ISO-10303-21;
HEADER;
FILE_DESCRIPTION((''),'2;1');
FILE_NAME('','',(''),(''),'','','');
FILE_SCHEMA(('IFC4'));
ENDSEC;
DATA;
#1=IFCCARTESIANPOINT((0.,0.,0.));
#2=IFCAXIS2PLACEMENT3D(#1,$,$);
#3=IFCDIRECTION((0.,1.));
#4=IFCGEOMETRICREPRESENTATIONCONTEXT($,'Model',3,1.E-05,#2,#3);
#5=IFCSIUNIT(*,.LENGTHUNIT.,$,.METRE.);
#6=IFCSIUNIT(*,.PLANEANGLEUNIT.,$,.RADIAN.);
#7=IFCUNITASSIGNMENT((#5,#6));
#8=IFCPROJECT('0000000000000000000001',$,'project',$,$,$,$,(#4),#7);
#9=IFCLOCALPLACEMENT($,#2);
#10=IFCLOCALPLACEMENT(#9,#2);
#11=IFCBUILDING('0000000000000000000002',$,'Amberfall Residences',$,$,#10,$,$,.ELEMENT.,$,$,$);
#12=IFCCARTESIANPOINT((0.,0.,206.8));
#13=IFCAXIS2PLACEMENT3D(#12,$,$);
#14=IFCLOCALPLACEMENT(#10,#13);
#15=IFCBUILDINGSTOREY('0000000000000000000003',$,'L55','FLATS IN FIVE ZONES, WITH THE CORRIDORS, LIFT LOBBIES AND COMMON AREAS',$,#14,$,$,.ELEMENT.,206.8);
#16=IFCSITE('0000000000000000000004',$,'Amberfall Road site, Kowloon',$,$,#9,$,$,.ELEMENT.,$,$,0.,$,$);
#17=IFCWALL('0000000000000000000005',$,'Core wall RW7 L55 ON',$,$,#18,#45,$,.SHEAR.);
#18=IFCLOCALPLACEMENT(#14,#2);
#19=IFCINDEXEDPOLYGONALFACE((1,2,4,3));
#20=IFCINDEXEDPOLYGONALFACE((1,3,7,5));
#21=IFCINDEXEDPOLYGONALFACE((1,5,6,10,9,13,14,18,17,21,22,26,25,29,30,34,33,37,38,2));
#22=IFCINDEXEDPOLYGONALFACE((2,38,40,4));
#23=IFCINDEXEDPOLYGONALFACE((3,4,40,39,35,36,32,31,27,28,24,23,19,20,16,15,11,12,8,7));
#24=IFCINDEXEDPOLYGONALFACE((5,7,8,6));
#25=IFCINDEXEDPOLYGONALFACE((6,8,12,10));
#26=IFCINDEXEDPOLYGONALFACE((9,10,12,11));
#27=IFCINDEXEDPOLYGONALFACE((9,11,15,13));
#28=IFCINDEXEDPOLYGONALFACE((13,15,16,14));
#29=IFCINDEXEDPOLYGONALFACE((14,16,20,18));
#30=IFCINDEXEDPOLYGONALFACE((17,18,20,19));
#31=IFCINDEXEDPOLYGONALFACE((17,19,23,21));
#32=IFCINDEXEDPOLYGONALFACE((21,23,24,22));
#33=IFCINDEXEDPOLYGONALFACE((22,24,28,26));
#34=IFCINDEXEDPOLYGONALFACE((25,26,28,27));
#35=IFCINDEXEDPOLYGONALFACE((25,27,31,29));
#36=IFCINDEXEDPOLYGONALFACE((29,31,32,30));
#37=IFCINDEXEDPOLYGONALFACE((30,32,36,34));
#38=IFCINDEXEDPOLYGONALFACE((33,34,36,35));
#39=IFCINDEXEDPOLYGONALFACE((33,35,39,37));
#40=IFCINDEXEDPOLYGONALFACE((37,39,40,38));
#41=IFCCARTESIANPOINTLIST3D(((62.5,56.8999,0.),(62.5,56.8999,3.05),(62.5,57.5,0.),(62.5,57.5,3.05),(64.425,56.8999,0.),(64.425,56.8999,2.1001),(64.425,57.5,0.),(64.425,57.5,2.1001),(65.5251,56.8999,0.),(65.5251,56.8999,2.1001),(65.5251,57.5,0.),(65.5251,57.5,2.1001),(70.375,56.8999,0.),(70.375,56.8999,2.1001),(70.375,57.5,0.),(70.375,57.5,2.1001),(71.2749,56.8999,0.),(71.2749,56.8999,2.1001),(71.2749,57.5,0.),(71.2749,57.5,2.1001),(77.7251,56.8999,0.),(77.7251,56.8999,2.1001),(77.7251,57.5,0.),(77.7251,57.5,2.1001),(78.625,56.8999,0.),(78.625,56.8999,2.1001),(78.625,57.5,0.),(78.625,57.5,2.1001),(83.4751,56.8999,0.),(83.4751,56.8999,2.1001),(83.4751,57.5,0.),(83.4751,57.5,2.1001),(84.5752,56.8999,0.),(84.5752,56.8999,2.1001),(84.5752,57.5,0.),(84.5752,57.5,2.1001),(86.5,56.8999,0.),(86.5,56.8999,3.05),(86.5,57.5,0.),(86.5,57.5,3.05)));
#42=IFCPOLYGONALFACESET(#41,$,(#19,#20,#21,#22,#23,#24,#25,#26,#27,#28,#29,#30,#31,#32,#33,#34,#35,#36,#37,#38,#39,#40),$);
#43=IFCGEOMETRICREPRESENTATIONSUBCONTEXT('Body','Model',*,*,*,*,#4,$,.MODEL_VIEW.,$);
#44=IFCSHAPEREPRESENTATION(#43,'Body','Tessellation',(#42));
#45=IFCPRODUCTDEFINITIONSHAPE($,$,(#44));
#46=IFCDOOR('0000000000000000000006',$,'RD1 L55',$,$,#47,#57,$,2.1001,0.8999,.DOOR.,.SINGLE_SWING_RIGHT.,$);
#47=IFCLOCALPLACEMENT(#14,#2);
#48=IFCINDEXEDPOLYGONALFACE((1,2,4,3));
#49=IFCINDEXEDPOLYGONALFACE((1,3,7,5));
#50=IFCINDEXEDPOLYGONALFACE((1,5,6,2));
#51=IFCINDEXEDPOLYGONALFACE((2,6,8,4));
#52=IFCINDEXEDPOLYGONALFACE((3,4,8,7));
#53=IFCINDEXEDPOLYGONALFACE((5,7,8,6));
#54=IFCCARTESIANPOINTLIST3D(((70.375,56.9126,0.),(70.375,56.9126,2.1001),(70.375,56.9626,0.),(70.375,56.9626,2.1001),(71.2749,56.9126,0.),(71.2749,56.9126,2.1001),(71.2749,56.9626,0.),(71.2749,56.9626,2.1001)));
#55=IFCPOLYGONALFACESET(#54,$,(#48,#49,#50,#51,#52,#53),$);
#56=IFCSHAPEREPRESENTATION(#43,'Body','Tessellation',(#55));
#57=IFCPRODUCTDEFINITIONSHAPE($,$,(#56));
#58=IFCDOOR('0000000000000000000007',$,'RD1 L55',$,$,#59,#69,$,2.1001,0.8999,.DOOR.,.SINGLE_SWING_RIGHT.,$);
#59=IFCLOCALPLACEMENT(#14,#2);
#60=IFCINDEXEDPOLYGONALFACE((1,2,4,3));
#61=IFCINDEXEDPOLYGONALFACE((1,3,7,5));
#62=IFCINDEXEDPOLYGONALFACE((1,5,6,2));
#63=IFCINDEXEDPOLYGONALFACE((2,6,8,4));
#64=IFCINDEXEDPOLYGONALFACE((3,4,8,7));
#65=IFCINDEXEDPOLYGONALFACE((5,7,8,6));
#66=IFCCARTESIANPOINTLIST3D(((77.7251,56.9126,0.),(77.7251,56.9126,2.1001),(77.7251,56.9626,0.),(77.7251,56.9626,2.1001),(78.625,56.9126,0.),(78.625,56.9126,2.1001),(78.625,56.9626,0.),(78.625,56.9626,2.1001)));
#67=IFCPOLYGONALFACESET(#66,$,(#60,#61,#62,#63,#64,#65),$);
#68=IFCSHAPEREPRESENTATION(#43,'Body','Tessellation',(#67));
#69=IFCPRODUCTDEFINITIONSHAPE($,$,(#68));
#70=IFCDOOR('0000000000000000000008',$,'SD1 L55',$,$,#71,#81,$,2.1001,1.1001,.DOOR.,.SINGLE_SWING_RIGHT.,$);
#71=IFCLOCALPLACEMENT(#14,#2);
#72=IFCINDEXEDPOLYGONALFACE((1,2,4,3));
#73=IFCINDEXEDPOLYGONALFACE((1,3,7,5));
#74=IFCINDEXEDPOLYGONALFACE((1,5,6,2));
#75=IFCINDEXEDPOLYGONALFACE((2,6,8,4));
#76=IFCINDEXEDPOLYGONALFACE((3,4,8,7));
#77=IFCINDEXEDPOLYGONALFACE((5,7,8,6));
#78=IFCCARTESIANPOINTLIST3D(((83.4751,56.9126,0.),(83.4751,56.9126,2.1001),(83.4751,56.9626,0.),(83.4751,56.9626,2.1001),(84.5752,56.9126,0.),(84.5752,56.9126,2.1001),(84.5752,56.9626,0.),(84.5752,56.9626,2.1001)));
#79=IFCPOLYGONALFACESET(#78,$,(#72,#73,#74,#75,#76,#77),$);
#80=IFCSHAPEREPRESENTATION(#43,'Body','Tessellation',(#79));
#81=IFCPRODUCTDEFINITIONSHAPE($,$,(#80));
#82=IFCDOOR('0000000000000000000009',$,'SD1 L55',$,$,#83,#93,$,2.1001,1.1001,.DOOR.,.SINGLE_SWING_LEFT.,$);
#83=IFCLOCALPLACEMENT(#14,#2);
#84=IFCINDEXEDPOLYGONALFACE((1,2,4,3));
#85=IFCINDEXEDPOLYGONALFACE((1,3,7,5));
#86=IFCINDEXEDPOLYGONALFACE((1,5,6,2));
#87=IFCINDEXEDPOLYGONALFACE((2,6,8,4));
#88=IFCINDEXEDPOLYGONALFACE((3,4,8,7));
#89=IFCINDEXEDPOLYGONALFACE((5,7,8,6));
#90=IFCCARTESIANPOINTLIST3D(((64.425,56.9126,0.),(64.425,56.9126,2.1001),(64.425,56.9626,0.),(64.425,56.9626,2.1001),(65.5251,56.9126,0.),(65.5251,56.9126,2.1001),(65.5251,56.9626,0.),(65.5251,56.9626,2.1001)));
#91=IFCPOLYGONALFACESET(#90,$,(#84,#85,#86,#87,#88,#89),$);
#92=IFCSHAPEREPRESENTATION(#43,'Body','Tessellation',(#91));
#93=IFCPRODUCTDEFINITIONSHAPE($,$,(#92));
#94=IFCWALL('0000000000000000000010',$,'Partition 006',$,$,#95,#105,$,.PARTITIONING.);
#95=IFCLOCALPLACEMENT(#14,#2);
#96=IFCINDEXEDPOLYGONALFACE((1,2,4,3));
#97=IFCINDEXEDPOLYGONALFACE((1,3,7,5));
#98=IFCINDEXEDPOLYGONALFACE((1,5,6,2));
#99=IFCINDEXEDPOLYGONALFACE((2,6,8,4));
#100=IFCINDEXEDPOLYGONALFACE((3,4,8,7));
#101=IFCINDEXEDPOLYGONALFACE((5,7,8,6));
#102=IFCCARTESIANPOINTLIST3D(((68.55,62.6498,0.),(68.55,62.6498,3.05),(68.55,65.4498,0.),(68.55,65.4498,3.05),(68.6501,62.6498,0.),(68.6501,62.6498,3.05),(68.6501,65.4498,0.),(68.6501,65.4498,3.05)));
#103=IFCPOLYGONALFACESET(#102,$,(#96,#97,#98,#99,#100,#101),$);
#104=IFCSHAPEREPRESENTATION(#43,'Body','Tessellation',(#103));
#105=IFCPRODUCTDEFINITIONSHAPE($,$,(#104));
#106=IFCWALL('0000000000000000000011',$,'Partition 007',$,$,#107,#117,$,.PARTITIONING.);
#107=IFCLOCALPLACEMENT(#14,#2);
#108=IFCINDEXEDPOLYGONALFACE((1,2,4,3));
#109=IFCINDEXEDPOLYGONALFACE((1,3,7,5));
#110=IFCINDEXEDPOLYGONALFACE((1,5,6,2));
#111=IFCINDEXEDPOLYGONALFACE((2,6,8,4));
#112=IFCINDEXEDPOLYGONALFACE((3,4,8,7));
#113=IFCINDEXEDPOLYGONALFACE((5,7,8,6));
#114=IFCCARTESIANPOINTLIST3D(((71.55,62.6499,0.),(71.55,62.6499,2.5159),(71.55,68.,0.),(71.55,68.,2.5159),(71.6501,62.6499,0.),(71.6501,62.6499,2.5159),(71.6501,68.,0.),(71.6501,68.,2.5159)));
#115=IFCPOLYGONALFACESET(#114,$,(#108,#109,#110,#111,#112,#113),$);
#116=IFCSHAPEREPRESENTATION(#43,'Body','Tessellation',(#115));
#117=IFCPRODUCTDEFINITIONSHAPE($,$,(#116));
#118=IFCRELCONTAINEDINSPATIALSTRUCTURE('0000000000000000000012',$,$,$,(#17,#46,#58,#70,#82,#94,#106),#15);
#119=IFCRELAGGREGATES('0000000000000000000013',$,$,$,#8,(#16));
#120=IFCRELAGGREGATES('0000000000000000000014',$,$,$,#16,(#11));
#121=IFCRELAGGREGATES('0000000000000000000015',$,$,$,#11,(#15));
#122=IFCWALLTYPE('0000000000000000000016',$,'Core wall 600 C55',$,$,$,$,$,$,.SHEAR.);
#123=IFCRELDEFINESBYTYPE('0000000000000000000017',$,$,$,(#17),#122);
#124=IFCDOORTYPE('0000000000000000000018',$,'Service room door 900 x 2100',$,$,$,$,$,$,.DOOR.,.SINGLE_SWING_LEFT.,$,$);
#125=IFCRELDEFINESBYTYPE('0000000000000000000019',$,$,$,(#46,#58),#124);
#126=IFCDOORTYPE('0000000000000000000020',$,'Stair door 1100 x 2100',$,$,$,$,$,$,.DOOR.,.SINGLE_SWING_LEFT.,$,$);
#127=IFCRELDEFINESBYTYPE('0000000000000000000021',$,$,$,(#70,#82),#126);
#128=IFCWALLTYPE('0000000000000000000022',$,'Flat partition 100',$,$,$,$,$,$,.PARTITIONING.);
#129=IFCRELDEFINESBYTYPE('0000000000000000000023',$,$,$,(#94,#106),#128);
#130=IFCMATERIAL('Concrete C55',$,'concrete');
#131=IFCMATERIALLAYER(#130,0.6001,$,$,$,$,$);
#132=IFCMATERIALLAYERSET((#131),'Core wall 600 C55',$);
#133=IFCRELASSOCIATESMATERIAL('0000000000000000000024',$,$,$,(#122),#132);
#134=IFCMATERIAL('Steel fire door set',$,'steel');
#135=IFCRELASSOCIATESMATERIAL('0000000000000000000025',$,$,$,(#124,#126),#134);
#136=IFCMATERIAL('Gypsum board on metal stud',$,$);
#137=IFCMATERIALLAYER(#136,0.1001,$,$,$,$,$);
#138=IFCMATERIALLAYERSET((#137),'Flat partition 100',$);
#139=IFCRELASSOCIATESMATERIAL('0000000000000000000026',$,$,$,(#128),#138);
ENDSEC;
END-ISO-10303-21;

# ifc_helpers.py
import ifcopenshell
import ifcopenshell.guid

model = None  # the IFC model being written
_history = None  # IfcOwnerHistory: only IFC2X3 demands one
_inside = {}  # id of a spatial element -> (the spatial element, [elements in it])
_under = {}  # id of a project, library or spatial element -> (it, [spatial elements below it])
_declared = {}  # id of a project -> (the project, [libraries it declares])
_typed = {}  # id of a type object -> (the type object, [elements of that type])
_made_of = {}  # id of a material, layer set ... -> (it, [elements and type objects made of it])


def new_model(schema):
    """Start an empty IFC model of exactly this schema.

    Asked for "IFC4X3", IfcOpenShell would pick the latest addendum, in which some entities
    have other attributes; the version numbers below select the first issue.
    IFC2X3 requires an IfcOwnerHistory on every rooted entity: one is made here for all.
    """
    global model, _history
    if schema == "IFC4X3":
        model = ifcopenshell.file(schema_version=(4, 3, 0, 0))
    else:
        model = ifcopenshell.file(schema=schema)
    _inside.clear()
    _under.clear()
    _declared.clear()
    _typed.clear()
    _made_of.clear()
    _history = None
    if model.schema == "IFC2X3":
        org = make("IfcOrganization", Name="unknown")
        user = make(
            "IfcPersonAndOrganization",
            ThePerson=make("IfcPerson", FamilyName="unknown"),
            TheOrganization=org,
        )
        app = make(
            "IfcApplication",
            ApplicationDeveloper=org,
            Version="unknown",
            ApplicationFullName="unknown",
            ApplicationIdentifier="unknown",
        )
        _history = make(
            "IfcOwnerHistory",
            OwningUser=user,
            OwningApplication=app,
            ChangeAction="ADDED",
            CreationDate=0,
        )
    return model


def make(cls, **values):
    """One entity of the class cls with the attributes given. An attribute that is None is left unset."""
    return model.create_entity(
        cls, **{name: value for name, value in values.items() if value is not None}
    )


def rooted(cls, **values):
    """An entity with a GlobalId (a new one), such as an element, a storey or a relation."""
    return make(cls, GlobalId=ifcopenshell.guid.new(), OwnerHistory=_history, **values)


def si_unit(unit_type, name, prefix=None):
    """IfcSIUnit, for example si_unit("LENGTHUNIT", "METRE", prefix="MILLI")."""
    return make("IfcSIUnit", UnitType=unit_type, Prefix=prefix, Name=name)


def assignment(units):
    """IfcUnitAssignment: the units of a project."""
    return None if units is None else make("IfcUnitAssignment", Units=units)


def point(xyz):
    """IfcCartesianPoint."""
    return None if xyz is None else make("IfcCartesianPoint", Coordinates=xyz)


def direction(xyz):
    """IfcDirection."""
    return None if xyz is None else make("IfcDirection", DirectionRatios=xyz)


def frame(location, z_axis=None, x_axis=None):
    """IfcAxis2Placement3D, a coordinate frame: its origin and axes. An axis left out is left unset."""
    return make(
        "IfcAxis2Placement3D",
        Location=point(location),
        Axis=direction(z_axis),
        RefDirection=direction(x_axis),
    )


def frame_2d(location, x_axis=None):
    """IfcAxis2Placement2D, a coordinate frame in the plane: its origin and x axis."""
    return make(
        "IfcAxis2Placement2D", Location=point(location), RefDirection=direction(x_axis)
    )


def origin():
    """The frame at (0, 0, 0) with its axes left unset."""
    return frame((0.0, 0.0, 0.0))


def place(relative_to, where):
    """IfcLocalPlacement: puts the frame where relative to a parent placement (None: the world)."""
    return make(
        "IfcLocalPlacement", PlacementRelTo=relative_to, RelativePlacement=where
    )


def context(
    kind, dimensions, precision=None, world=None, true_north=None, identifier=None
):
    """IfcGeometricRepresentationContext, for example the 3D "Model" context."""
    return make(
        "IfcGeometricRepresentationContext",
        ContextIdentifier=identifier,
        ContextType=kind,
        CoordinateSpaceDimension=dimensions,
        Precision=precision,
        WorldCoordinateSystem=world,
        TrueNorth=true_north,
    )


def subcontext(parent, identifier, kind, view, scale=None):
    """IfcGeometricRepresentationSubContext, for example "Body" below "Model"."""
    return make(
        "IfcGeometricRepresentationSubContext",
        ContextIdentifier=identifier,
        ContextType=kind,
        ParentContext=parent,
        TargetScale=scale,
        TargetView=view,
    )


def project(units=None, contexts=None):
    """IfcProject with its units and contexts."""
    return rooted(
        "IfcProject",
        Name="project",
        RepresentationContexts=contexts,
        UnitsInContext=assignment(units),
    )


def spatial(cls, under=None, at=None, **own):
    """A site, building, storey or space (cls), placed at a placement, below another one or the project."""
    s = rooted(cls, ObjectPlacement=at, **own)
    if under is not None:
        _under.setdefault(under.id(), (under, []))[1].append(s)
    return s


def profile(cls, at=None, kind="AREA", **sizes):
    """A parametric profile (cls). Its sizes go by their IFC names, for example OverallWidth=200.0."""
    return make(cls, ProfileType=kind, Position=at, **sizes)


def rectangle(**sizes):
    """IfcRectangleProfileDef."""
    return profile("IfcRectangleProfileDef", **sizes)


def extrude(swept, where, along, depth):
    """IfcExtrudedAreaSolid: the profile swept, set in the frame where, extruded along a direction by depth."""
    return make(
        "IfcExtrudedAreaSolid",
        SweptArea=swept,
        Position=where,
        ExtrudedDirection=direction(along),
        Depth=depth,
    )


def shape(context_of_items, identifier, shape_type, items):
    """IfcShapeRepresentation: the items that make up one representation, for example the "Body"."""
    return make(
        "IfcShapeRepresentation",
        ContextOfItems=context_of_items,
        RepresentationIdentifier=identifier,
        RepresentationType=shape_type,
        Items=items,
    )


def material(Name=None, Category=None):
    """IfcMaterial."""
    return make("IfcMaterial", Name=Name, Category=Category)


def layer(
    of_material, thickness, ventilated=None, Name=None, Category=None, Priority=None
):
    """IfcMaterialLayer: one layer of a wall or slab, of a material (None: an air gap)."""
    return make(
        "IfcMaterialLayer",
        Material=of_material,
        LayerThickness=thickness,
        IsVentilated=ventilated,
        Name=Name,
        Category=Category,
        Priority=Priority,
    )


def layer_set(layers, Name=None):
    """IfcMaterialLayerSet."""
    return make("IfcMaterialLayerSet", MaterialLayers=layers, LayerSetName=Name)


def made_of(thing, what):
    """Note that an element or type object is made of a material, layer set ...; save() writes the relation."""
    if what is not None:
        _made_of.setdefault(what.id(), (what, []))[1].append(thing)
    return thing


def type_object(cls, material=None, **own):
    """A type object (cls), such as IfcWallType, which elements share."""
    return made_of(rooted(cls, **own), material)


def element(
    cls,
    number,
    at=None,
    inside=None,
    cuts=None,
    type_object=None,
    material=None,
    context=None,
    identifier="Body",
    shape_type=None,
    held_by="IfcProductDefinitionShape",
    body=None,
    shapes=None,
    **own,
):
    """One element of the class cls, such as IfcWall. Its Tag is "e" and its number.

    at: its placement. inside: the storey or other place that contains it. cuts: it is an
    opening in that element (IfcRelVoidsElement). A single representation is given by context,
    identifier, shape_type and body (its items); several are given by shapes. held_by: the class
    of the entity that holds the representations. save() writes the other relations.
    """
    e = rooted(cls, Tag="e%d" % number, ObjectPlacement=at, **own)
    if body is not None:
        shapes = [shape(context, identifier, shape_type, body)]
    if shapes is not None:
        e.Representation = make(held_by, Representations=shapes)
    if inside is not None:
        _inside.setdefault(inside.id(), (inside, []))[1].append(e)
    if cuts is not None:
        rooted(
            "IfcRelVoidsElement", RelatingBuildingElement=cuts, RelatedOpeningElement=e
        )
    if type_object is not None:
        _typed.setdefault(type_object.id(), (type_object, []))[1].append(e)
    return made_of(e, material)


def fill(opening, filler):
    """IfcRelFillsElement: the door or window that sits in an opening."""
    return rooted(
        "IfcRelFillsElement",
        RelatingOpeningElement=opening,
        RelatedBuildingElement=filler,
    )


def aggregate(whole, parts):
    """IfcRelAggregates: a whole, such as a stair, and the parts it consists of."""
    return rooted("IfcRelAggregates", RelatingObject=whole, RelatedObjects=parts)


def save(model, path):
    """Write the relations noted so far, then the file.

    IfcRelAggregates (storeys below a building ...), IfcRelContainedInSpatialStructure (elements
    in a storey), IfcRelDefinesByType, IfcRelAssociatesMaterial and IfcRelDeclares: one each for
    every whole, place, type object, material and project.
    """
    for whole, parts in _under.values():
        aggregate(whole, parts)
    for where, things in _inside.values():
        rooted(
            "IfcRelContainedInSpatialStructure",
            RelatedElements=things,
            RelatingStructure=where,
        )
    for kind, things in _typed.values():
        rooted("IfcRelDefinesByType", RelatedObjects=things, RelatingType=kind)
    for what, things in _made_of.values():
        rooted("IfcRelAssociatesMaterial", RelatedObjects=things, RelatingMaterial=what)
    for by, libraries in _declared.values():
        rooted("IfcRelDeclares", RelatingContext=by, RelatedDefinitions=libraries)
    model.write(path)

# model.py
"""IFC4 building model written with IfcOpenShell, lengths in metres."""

from ifc_helpers import new_model, si_unit, direction, frame, frame_2d, origin, place, context, subcontext, project, spatial, rectangle, extrude, material, layer, layer_set, type_object, element, fill, save


model = new_model("IFC4")

# Units and contexts
model_context = context("Model", 3, precision=1e-05, world=origin(), true_north=direction((0.0, 1.0)))
body_context = subcontext(model_context, "Body", "Model", "MODEL_VIEW")
ifc_project = project(units=[si_unit("LENGTHUNIT", "METRE"), si_unit("PLANEANGLEUNIT", "RADIAN")], contexts=[model_context])

# Site, building, storey
site_placement = place(None, origin())
site = spatial("IfcSite", under=ifc_project, at=site_placement, Name="Amberfall Road site, Kowloon", CompositionType="ELEMENT", RefElevation=0.0)
building_placement = place(site_placement, origin())
building = spatial("IfcBuilding", under=site, at=building_placement, Name="Amberfall Residences", CompositionType="ELEMENT")
storey_placement = place(building_placement, frame((0.0, 0.0, 206.8)))
storey = spatial("IfcBuildingStorey", under=building, at=storey_placement, Name="L55", Description="FLATS IN FIVE ZONES, WITH THE CORRIDORS, LIFT LOBBIES AND COMMON AREAS", CompositionType="ELEMENT", Elevation=206.8)

# Wall, openings, doors
ifc_material_1 = material(Name="Concrete C55", Category="concrete")
ifc_layer_1 = layer(ifc_material_1, 0.6001)
ifc_layer_set_1 = layer_set([ifc_layer_1], Name="Core wall 600 C55")
wall_type_1 = type_object("IfcWallType", Name="Core wall 600 C55", PredefinedType="SHEAR", material=ifc_layer_set_1)
wall_1_placement = place(storey_placement, frame((62.5, 57.2, 0.0), z_axis=(0.0, 0.0, 1.0), x_axis=(1.0, 0.0, 0.0)))
wall_1 = element("IfcWall", 1, at=wall_1_placement, inside=storey, type_object=wall_type_1, Name="Core wall RW7 L55 ON", PredefinedType="SHEAR", context=body_context, shape_type="SweptSolid", body=[
    extrude(rectangle(XDim=24.0, YDim=0.6001, at=frame_2d((12.0, 0.0))), origin(), (0.0, 0.0, 1.0), 3.05),
])
opening_1_placement = place(wall_1_placement, frame((20.9751, 0.0, 0.0)))
opening_1 = element("IfcOpeningElement", 2, at=opening_1_placement, cuts=wall_1, PredefinedType="OPENING", context=body_context, shape_type="SweptSolid", body=[
    extrude(rectangle(XDim=1.1001, YDim=2.1001, at=frame_2d((0.55, 1.05))), frame((0.0, 0.3101, 0.0), z_axis=(0.0, -1.0, 0.0), x_axis=(1.0, 0.0, 0.0)), (0.0, 0.0, 1.0), 0.6201),
])
opening_2_placement = place(wall_1_placement, frame((1.925, 0.0, 0.0)))
opening_2 = element("IfcOpeningElement", 3, at=opening_2_placement, cuts=wall_1, PredefinedType="OPENING", context=body_context, shape_type="SweptSolid", body=[
    extrude(rectangle(XDim=1.1001, YDim=2.1001, at=frame_2d((0.55, 1.05))), frame((0.0, 0.3101, 0.0), z_axis=(0.0, -1.0, 0.0), x_axis=(1.0, 0.0, 0.0)), (0.0, 0.0, 1.0), 0.6201),
])
opening_3_placement = place(wall_1_placement, frame((7.875, 0.0, 0.0)))
opening_3 = element("IfcOpeningElement", 4, at=opening_3_placement, cuts=wall_1, PredefinedType="OPENING", context=body_context, shape_type="SweptSolid", body=[
    extrude(rectangle(XDim=0.8999, YDim=2.1001, at=frame_2d((0.45, 1.05))), frame((0.0, 0.3101, 0.0), z_axis=(0.0, -1.0, 0.0), x_axis=(1.0, 0.0, 0.0)), (0.0, 0.0, 1.0), 0.6201),
])
opening_4_placement = place(wall_1_placement, frame((15.2251, 0.0, 0.0)))
opening_4 = element("IfcOpeningElement", 5, at=opening_4_placement, cuts=wall_1, PredefinedType="OPENING", context=body_context, shape_type="SweptSolid", body=[
    extrude(rectangle(XDim=0.8999, YDim=2.1001, at=frame_2d((0.45, 1.05))), frame((0.0, 0.3101, 0.0), z_axis=(0.0, -1.0, 0.0), x_axis=(1.0, 0.0, 0.0)), (0.0, 0.0, 1.0), 0.6201),
])
ifc_material_2 = material(Name="Steel fire door set", Category="steel")
door_type_1 = type_object("IfcDoorType", Name="Service room door 900 x 2100", OperationType="SINGLE_SWING_LEFT", PredefinedType="DOOR", material=ifc_material_2)
door_1_placement = place(opening_3_placement, origin())
door_1 = element("IfcDoor", 6, at=door_1_placement, inside=storey, type_object=door_type_1, Name="RD1 L55", OperationType="SINGLE_SWING_RIGHT", OverallHeight=2.1001, OverallWidth=0.8999, PredefinedType="DOOR", context=body_context, shape_type="SweptSolid", body=[
    extrude(rectangle(XDim=0.8999, YDim=2.1001, at=frame_2d((0.45, 1.05))), frame((0.0, -0.2373, 0.0), z_axis=(0.0, -1.0, 0.0), x_axis=(1.0, 0.0, 0.0)), (0.0, 0.0, 1.0), 0.05),
])
fill(opening_3, door_1)
door_2_placement = place(opening_4_placement, origin())
door_2 = element("IfcDoor", 7, at=door_2_placement, inside=storey, type_object=door_type_1, Name="RD1 L55", OperationType="SINGLE_SWING_RIGHT", OverallHeight=2.1001, OverallWidth=0.8999, PredefinedType="DOOR", context=body_context, shape_type="SweptSolid", body=[
    extrude(rectangle(XDim=0.8999, YDim=2.1001, at=frame_2d((0.45, 1.05))), frame((0.0, -0.2373, 0.0), z_axis=(0.0, -1.0, 0.0), x_axis=(1.0, 0.0, 0.0)), (0.0, 0.0, 1.0), 0.05),
])
fill(opening_4, door_2)
door_type_2 = type_object("IfcDoorType", Name="Stair door 1100 x 2100", OperationType="SINGLE_SWING_LEFT", PredefinedType="DOOR", material=ifc_material_2)
door_3_placement = place(opening_1_placement, origin())
door_3 = element("IfcDoor", 8, at=door_3_placement, inside=storey, type_object=door_type_2, Name="SD1 L55", OperationType="SINGLE_SWING_RIGHT", OverallHeight=2.1001, OverallWidth=1.1001, PredefinedType="DOOR", context=body_context, shape_type="SweptSolid", body=[
    extrude(rectangle(XDim=1.1001, YDim=2.1001, at=frame_2d((0.55, 1.05))), frame((0.0, -0.2373, 0.0), z_axis=(0.0, -1.0, 0.0), x_axis=(1.0, 0.0, 0.0)), (0.0, 0.0, 1.0), 0.05),
])
fill(opening_1, door_3)
door_4_placement = place(opening_2_placement, origin())
door_4 = element("IfcDoor", 9, at=door_4_placement, inside=storey, type_object=door_type_2, Name="SD1 L55", OperationType="SINGLE_SWING_LEFT", OverallHeight=2.1001, OverallWidth=1.1001, PredefinedType="DOOR", context=body_context, shape_type="SweptSolid", body=[
    extrude(rectangle(XDim=1.1001, YDim=2.1001, at=frame_2d((0.55, 1.05))), frame((0.0, -0.2373, 0.0), z_axis=(0.0, -1.0, 0.0), x_axis=(1.0, 0.0, 0.0)), (0.0, 0.0, 1.0), 0.05),
])
fill(opening_2, door_4)

# Walls
ifc_material_3 = material(Name="Gypsum board on metal stud")
ifc_layer_2 = layer(ifc_material_3, 0.1001)
ifc_layer_set_2 = layer_set([ifc_layer_2], Name="Flat partition 100")
wall_type_2 = type_object("IfcWallType", Name="Flat partition 100", PredefinedType="PARTITIONING", material=ifc_layer_set_2)
wall_2_placement = place(storey_placement, frame((68.6001, 62.6499, 0.0), z_axis=(0.0, 0.0, 1.0), x_axis=(0.0, 1.0, 0.0)))
element("IfcWall", 10, at=wall_2_placement, inside=storey, type_object=wall_type_2, Name="Partition 006", PredefinedType="PARTITIONING", context=body_context, shape_type="SweptSolid", body=[
    extrude(rectangle(XDim=2.8, YDim=0.1001, at=frame_2d((1.3999, 0.0))), origin(), (0.0, 0.0, 1.0), 3.05),
])
wall_3_placement = place(storey_placement, frame((71.6001, 62.6499, 0.0), z_axis=(0.0, 0.0, 1.0), x_axis=(0.0, 1.0, 0.0)))
element("IfcWall", 11, at=wall_3_placement, inside=storey, type_object=wall_type_2, Name="Partition 007", PredefinedType="PARTITIONING", context=body_context, shape_type="SweptSolid", body=[
    extrude(rectangle(XDim=5.3501, YDim=0.1001, at=frame_2d((2.675, 0.0))), origin(), (0.0, 0.0, 1.0), 2.5159),
])

save(model, "model.ifc")
